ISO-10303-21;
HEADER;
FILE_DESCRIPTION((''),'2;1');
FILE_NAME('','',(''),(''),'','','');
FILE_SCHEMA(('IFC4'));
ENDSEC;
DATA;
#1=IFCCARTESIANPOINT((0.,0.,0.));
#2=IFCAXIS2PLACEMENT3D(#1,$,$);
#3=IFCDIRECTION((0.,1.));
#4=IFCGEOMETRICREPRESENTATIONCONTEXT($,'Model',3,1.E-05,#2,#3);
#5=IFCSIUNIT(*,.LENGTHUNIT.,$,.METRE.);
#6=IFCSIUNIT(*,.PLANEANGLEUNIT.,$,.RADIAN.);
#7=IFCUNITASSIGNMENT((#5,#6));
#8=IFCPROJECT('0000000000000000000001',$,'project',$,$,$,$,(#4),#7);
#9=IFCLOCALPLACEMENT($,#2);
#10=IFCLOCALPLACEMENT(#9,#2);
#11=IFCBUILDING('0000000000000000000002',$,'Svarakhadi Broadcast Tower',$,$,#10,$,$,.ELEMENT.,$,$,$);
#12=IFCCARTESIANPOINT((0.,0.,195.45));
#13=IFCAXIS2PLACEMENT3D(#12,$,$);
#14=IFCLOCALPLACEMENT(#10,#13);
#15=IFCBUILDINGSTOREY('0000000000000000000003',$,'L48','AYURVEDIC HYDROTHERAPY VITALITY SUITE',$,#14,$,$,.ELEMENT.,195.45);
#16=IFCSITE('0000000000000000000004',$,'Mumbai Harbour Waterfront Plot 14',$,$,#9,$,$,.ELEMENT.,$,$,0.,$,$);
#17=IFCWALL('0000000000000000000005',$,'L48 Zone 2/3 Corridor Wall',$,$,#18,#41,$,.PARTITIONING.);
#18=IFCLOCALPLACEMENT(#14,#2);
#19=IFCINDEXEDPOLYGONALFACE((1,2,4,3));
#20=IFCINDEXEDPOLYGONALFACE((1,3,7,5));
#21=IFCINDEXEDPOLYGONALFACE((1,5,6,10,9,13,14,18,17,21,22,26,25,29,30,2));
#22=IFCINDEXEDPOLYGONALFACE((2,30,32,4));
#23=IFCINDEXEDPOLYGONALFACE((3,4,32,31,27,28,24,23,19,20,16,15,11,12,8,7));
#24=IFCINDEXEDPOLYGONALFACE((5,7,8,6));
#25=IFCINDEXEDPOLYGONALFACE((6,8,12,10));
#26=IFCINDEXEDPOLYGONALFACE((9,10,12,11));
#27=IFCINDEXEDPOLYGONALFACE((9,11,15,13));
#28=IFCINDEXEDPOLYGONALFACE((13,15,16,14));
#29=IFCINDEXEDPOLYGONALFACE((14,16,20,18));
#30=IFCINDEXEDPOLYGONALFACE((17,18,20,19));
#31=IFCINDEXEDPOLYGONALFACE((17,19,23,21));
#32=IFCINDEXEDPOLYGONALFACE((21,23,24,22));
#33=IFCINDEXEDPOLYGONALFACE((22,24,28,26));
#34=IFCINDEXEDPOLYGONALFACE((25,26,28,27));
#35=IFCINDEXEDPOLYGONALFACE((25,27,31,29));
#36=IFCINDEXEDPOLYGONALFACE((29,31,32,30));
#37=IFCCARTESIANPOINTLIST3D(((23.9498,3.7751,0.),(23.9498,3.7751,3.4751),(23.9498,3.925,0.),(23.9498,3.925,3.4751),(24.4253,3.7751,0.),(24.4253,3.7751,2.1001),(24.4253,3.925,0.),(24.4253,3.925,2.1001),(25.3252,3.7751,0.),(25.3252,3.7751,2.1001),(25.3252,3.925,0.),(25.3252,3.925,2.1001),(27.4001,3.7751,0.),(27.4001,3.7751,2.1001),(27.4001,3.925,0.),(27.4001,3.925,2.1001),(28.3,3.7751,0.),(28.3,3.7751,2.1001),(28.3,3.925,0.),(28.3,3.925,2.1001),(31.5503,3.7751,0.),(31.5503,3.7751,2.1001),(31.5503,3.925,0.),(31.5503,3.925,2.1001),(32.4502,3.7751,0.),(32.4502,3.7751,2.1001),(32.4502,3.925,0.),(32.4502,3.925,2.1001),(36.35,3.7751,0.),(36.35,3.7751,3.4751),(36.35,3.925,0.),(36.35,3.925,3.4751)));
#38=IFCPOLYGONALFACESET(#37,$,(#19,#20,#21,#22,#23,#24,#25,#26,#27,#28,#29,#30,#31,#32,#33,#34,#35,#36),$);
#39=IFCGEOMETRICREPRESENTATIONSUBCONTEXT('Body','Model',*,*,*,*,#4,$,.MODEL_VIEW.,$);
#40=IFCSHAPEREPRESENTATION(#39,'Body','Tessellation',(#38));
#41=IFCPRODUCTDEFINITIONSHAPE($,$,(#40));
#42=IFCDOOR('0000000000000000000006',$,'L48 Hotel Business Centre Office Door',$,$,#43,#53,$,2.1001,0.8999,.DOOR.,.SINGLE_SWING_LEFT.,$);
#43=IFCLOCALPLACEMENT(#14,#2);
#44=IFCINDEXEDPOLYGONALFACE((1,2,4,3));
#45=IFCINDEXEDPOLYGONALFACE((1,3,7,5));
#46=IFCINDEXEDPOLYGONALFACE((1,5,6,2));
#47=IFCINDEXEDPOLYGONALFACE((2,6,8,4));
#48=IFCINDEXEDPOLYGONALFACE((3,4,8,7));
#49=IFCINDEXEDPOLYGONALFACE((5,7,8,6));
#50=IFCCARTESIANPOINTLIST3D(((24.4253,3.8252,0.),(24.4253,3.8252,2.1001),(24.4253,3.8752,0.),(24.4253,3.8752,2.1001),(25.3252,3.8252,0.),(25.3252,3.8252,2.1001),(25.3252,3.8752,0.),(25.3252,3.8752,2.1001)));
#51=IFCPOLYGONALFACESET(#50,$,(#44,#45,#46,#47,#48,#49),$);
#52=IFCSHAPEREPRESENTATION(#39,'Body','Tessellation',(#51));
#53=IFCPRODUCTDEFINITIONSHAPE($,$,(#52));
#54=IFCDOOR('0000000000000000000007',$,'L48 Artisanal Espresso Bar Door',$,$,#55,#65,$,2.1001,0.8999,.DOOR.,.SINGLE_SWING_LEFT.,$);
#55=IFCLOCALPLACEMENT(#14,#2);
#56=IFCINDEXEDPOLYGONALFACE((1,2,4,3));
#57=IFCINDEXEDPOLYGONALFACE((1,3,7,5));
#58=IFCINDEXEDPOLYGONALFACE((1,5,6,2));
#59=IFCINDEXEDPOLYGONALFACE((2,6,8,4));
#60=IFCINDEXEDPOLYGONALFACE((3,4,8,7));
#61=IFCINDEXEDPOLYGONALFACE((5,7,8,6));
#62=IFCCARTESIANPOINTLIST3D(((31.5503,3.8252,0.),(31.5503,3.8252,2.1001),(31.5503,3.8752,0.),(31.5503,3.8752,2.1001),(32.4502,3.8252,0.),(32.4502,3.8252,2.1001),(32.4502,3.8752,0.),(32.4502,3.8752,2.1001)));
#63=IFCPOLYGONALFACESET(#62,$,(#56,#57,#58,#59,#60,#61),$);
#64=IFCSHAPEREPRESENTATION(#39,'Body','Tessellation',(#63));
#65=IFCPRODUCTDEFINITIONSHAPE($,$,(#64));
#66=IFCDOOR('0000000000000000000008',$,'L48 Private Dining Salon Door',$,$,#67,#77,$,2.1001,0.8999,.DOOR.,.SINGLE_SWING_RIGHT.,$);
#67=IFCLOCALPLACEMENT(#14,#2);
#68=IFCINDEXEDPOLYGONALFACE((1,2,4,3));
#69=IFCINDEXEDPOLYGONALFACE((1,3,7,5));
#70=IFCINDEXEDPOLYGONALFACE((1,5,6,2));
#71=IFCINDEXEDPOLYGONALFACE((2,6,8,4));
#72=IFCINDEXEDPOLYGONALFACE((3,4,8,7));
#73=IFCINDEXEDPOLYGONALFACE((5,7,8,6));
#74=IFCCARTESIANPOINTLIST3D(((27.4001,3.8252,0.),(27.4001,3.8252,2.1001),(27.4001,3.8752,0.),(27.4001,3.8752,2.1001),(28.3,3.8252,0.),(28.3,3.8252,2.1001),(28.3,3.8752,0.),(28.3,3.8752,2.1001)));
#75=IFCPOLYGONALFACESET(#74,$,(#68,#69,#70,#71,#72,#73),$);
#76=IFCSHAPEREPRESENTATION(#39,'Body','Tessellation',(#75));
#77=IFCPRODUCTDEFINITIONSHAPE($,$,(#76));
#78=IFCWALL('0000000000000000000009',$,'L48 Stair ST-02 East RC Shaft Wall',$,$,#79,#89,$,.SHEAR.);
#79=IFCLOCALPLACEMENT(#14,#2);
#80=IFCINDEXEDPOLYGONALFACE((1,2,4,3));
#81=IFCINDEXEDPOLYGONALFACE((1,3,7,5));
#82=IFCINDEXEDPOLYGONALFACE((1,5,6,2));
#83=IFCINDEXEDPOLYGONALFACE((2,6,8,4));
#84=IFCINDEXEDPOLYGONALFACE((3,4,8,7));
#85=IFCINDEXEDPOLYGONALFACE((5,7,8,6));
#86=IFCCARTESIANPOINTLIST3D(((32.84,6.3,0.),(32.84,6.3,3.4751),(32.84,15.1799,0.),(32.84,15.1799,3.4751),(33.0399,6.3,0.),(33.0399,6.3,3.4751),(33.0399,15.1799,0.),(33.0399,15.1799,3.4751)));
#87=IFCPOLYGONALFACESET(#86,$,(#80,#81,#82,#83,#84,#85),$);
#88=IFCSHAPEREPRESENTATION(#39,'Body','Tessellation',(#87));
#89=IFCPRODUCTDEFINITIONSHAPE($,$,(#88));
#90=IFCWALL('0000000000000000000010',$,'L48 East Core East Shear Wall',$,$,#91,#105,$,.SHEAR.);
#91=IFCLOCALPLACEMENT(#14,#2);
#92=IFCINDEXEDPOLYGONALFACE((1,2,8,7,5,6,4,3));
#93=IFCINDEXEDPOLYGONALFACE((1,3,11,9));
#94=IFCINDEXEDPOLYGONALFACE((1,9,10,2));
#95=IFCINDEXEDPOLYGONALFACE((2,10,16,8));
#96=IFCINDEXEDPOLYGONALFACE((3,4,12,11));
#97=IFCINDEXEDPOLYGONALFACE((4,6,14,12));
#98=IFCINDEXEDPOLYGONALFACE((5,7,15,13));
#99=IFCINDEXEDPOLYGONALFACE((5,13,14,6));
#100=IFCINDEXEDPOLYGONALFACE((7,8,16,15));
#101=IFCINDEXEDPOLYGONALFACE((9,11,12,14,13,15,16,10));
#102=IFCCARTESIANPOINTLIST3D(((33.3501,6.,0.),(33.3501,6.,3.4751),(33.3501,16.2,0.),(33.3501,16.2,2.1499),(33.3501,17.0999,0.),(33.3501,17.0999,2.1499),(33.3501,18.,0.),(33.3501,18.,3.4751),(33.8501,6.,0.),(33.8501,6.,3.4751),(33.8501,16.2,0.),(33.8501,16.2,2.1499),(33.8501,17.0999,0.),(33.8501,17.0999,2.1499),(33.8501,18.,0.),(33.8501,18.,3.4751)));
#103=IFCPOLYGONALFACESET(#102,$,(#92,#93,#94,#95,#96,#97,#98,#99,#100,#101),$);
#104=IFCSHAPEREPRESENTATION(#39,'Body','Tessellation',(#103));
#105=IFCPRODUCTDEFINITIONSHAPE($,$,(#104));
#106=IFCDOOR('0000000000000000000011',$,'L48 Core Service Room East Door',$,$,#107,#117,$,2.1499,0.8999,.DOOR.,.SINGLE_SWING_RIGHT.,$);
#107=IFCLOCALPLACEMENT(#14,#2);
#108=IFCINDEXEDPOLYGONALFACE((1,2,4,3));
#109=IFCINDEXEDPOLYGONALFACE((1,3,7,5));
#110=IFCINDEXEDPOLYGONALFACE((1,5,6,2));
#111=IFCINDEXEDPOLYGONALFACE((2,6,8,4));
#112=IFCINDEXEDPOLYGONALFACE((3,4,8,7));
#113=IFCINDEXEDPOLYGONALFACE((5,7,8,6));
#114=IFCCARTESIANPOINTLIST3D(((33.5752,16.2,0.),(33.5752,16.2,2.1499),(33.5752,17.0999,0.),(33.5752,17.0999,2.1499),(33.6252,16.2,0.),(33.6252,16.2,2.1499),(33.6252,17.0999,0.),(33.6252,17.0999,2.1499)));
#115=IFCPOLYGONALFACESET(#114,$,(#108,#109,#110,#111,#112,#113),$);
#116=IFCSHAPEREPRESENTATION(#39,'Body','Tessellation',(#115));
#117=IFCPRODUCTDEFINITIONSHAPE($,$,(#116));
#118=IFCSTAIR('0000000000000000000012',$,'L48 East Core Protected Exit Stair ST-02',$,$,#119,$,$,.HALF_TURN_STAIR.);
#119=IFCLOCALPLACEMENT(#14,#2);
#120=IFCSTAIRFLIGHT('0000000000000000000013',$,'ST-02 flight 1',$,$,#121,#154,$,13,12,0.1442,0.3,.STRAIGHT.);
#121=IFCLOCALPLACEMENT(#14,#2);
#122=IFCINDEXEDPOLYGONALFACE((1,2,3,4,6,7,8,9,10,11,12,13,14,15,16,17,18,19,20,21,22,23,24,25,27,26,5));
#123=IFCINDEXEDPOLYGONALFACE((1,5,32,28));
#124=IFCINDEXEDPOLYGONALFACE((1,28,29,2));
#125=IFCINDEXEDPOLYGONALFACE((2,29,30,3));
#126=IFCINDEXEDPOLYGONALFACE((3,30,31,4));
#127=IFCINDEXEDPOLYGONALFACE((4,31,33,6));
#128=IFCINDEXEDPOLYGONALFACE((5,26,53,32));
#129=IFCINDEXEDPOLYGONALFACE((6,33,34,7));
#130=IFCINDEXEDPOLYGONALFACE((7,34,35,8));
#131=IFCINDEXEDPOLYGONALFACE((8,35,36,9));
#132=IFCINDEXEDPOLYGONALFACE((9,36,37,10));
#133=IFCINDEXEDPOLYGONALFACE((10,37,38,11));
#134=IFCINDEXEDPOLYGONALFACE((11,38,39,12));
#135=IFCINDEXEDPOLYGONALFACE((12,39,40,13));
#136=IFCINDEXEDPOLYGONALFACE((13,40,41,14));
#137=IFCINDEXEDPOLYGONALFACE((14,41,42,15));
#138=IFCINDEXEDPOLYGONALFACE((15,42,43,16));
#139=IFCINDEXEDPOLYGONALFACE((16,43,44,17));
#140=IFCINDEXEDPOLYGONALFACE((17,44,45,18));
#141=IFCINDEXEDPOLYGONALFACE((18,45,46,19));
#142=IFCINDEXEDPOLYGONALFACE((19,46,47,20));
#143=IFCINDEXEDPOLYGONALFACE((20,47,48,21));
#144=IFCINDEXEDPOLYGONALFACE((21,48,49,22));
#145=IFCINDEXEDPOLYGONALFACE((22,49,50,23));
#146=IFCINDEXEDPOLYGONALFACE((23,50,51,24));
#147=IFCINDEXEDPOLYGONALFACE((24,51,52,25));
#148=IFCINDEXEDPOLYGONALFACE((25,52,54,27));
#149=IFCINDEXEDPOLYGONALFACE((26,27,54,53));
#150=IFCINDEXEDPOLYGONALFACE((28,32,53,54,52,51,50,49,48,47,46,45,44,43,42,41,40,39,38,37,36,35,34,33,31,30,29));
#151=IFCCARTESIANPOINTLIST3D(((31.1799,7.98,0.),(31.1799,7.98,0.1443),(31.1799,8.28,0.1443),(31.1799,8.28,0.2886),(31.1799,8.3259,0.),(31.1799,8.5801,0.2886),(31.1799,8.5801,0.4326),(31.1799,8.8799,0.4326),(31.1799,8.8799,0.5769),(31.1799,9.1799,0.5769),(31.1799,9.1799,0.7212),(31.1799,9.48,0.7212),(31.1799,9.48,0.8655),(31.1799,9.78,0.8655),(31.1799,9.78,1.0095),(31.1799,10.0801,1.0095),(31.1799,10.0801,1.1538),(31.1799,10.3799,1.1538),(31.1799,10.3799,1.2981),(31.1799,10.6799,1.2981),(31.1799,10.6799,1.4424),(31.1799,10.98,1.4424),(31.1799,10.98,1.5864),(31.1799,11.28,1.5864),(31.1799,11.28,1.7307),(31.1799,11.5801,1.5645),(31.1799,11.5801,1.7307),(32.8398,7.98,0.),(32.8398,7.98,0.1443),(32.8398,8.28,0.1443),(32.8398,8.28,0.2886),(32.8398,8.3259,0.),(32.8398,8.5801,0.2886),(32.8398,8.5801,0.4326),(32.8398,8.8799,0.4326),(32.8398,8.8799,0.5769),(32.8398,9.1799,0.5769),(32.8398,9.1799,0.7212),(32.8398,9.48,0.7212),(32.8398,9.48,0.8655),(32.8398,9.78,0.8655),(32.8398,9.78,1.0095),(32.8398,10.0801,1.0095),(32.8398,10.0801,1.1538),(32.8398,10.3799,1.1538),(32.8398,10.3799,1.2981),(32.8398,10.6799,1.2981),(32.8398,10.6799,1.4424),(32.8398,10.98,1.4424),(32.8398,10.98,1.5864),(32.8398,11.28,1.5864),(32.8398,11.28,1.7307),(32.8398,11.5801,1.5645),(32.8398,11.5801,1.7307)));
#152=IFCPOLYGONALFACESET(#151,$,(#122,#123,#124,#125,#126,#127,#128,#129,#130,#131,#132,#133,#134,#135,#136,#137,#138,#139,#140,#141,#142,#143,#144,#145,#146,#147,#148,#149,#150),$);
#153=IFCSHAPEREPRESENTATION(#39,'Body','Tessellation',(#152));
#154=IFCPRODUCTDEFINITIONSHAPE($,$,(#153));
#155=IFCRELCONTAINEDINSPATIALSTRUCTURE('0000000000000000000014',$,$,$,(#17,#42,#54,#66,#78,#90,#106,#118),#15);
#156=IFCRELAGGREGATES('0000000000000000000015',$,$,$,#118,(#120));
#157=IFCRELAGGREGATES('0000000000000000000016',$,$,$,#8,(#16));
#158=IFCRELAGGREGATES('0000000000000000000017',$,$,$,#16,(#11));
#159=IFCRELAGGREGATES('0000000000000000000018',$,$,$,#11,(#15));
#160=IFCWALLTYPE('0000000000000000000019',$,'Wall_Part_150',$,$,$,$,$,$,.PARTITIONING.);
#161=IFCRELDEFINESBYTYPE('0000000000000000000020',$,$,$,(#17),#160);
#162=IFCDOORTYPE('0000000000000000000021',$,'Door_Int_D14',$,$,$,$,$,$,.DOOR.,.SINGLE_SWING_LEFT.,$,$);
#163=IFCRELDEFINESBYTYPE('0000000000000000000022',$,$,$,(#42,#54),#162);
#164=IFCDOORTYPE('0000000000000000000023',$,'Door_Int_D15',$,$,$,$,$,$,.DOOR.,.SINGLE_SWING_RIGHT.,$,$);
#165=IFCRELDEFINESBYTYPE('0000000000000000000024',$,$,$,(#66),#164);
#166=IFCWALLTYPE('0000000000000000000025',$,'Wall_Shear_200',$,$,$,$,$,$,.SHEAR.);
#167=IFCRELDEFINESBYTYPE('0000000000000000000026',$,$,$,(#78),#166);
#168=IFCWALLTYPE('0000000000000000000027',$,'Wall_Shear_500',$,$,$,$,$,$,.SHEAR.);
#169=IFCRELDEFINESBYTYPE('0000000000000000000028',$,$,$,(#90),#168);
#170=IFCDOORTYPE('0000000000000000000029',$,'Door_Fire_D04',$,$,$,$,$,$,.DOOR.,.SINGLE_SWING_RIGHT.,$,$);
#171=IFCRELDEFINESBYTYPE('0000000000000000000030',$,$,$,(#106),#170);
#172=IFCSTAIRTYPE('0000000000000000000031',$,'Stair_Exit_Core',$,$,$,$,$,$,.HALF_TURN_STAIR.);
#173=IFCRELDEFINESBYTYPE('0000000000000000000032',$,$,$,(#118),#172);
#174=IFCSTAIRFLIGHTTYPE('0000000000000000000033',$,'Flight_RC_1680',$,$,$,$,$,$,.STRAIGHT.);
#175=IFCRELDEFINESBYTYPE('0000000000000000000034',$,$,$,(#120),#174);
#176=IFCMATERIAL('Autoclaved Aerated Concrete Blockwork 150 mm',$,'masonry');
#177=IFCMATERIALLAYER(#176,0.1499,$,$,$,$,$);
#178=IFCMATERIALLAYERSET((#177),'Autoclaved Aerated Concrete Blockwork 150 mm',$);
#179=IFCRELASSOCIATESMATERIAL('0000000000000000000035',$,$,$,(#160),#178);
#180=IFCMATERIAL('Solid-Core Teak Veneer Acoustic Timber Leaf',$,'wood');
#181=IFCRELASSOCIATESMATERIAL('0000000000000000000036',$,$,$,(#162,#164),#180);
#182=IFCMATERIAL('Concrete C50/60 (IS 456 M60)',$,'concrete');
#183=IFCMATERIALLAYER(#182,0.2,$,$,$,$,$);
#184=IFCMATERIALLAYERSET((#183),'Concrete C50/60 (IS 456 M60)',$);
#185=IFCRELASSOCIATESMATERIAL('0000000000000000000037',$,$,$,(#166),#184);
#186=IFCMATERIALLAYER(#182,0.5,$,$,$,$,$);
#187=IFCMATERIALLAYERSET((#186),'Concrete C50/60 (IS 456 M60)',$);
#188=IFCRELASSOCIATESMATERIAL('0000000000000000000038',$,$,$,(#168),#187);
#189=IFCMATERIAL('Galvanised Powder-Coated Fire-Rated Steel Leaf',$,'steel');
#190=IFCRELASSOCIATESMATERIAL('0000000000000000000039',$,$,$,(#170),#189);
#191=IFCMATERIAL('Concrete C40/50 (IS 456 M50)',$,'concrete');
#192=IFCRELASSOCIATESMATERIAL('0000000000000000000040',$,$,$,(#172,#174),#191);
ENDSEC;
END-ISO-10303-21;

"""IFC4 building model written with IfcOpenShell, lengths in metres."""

from ifc_helpers import new_model, si_unit, direction, frame, frame_2d, origin, place, context, subcontext, project, spatial, polyline, rectangle, outline, extrude, material, layer, layer_set, type_object, element, fill, aggregate, save


model = new_model("IFC4")

# Units and contexts
model_context = context("Model", 3, precision=1e-05, world=origin(), true_north=direction((0.0, 1.0)))
body_context = subcontext(model_context, "Body", "Model", "MODEL_VIEW")
ifc_project = project(units=[si_unit("LENGTHUNIT", "METRE"), si_unit("PLANEANGLEUNIT", "RADIAN")], contexts=[model_context])

# Site, building, storey
site_placement = place(None, origin())
site = spatial("IfcSite", under=ifc_project, at=site_placement, Name="Mumbai Harbour Waterfront Plot 14", CompositionType="ELEMENT", RefElevation=0.0)
building_placement = place(site_placement, origin())
building = spatial("IfcBuilding", under=site, at=building_placement, Name="Svarakhadi Broadcast Tower", CompositionType="ELEMENT")
storey_placement = place(building_placement, frame((0.0, 0.0, 195.45)))
storey = spatial("IfcBuildingStorey", under=building, at=storey_placement, Name="L48", Description="AYURVEDIC HYDROTHERAPY VITALITY SUITE", CompositionType="ELEMENT", Elevation=195.45)

# Shared definitions
ifc_material_1 = material(Name="Concrete C50/60 (IS 456 M60)", Category="concrete")

# Shared definitions
ifc_material_2 = material(Name="Concrete C40/50 (IS 456 M50)", Category="concrete")

# Wall, openings, doors
ifc_material_3 = material(Name="Autoclaved Aerated Concrete Blockwork 150 mm", Category="masonry")
ifc_layer_1 = layer(ifc_material_3, 0.1499)
ifc_layer_set_1 = layer_set([ifc_layer_1], Name="Autoclaved Aerated Concrete Blockwork 150 mm")
wall_type_1 = type_object("IfcWallType", Name="Wall_Part_150", PredefinedType="PARTITIONING", material=ifc_layer_set_1)
wall_1_placement = place(storey_placement, frame((36.3501, 3.8501, 0.0), z_axis=(0.0, 0.0, 1.0), x_axis=(-1.0, 0.0, 0.0)))
wall_1 = element("IfcWall", 1, at=wall_1_placement, inside=storey, type_object=wall_type_1, Name="L48 Zone 2/3 Corridor Wall", PredefinedType="PARTITIONING", context=body_context, shape_type="SweptSolid", body=[
    extrude(rectangle(XDim=12.4001, YDim=0.1499, at=frame_2d((6.2002, 0.0))), origin(), (0.0, 0.0, 1.0), 3.4751),
])
opening_1_placement = place(wall_1_placement, frame((11.0249, 0.0, 0.0)))
opening_1 = element("IfcOpeningElement", 2, at=opening_1_placement, cuts=wall_1, PredefinedType="OPENING", context=body_context, shape_type="SweptSolid", body=[
    extrude(rectangle(XDim=0.8999, YDim=2.1001, at=frame_2d((0.45, 1.05))), frame((0.0, 0.085, 0.0), z_axis=(0.0, -1.0, 0.0), x_axis=(1.0, 0.0, 0.0)), (0.0, 0.0, 1.0), 0.1699),
])
opening_2_placement = place(wall_1_placement, frame((8.05, 0.0, 0.0)))
opening_2 = element("IfcOpeningElement", 3, at=opening_2_placement, cuts=wall_1, PredefinedType="OPENING", context=body_context, shape_type="SweptSolid", body=[
    extrude(rectangle(XDim=0.8999, YDim=2.1001, at=frame_2d((0.45, 1.05))), frame((0.0, 0.085, 0.0), z_axis=(0.0, -1.0, 0.0), x_axis=(1.0, 0.0, 0.0)), (0.0, 0.0, 1.0), 0.1699),
])
opening_3_placement = place(wall_1_placement, frame((3.8999, 0.0, 0.0)))
opening_3 = element("IfcOpeningElement", 4, at=opening_3_placement, cuts=wall_1, PredefinedType="OPENING", context=body_context, shape_type="SweptSolid", body=[
    extrude(rectangle(XDim=0.8999, YDim=2.1001, at=frame_2d((0.45, 1.05))), frame((0.0, 0.085, 0.0), z_axis=(0.0, -1.0, 0.0), x_axis=(1.0, 0.0, 0.0)), (0.0, 0.0, 1.0), 0.1699),
])
ifc_material_4 = material(Name="Solid-Core Teak Veneer Acoustic Timber Leaf", Category="wood")
door_type_1 = type_object("IfcDoorType", Name="Door_Int_D14", OperationType="SINGLE_SWING_LEFT", PredefinedType="DOOR", material=ifc_material_4)
door_1_placement = place(opening_1_placement, origin())
door_1 = element("IfcDoor", 5, at=door_1_placement, inside=storey, type_object=door_type_1, Name="L48 Hotel Business Centre Office Door", OperationType="SINGLE_SWING_LEFT", OverallHeight=2.1001, OverallWidth=0.8999, PredefinedType="DOOR", context=body_context, shape_type="SweptSolid", body=[
    extrude(rectangle(XDim=0.8999, YDim=2.1001, at=frame_2d((0.45, 1.05))), frame((0.0, 0.0249, 0.0), z_axis=(0.0, -1.0, 0.0), x_axis=(1.0, 0.0, 0.0)), (0.0, 0.0, 1.0), 0.05),
])
fill(opening_1, door_1)
door_2_placement = place(opening_3_placement, origin())
door_2 = element("IfcDoor", 6, at=door_2_placement, inside=storey, type_object=door_type_1, Name="L48 Artisanal Espresso Bar Door", OperationType="SINGLE_SWING_LEFT", OverallHeight=2.1001, OverallWidth=0.8999, PredefinedType="DOOR", context=body_context, shape_type="SweptSolid", body=[
    extrude(rectangle(XDim=0.8999, YDim=2.1001, at=frame_2d((0.45, 1.05))), frame((0.0, 0.0249, 0.0), z_axis=(0.0, -1.0, 0.0), x_axis=(1.0, 0.0, 0.0)), (0.0, 0.0, 1.0), 0.05),
])
fill(opening_3, door_2)
door_type_2 = type_object("IfcDoorType", Name="Door_Int_D15", OperationType="SINGLE_SWING_RIGHT", PredefinedType="DOOR", material=ifc_material_4)
door_3_placement = place(opening_2_placement, origin())
door_3 = element("IfcDoor", 7, at=door_3_placement, inside=storey, type_object=door_type_2, Name="L48 Private Dining Salon Door", OperationType="SINGLE_SWING_RIGHT", OverallHeight=2.1001, OverallWidth=0.8999, PredefinedType="DOOR", context=body_context, shape_type="SweptSolid", body=[
    extrude(rectangle(XDim=0.8999, YDim=2.1001, at=frame_2d((0.45, 1.05))), frame((0.0, 0.0249, 0.0), z_axis=(0.0, -1.0, 0.0), x_axis=(1.0, 0.0, 0.0)), (0.0, 0.0, 1.0), 0.05),
])
fill(opening_2, door_3)

# Wall
ifc_layer_2 = layer(ifc_material_1, 0.2)
ifc_layer_set_2 = layer_set([ifc_layer_2], Name="Concrete C50/60 (IS 456 M60)")
wall_type_2 = type_object("IfcWallType", Name="Wall_Shear_200", PredefinedType="SHEAR", material=ifc_layer_set_2)
wall_2_placement = place(storey_placement, frame((32.9399, 6.3, 0.0), z_axis=(0.0, 0.0, 1.0), x_axis=(0.0, 1.0, 0.0)))
element("IfcWall", 8, at=wall_2_placement, inside=storey, type_object=wall_type_2, Name="L48 Stair ST-02 East RC Shaft Wall", PredefinedType="SHEAR", context=body_context, shape_type="SweptSolid", body=[
    extrude(rectangle(XDim=8.8799, YDim=0.2, at=frame_2d((4.4399, 0.0))), origin(), (0.0, 0.0, 1.0), 3.4751),
])

# Wall, opening, door
ifc_layer_3 = layer(ifc_material_1, 0.5)
ifc_layer_set_3 = layer_set([ifc_layer_3], Name="Concrete C50/60 (IS 456 M60)")
wall_type_3 = type_object("IfcWallType", Name="Wall_Shear_500", PredefinedType="SHEAR", material=ifc_layer_set_3)
wall_3_placement = place(storey_placement, frame((33.6001, 6.0, 0.0), z_axis=(0.0, 0.0, 1.0), x_axis=(0.0, 1.0, 0.0)))
wall_3 = element("IfcWall", 9, at=wall_3_placement, inside=storey, type_object=wall_type_3, Name="L48 East Core East Shear Wall", PredefinedType="SHEAR", context=body_context, shape_type="SweptSolid", body=[
    extrude(rectangle(XDim=12.0, YDim=0.5, at=frame_2d((6.0, 0.0))), origin(), (0.0, 0.0, 1.0), 3.4751),
])
opening_4_placement = place(wall_3_placement, frame((10.2, 0.0, 0.0)))
opening_4 = element("IfcOpeningElement", 10, at=opening_4_placement, cuts=wall_3, PredefinedType="OPENING", context=body_context, shape_type="SweptSolid", body=[
    extrude(rectangle(XDim=0.8999, YDim=2.1499, at=frame_2d((0.45, 1.075))), frame((0.0, 0.26, 0.0), z_axis=(0.0, -1.0, 0.0), x_axis=(1.0, 0.0, 0.0)), (0.0, 0.0, 1.0), 0.52),
])
ifc_material_5 = material(Name="Galvanised Powder-Coated Fire-Rated Steel Leaf", Category="steel")
door_type_3 = type_object("IfcDoorType", Name="Door_Fire_D04", OperationType="SINGLE_SWING_RIGHT", PredefinedType="DOOR", material=ifc_material_5)
door_4_placement = place(opening_4_placement, origin())
door_4 = element("IfcDoor", 11, at=door_4_placement, inside=storey, type_object=door_type_3, Name="L48 Core Service Room East Door", OperationType="SINGLE_SWING_RIGHT", OverallHeight=2.1499, OverallWidth=0.8999, PredefinedType="DOOR", context=body_context, shape_type="SweptSolid", body=[
    extrude(rectangle(XDim=0.8999, YDim=2.1499, at=frame_2d((0.45, 1.075))), frame((0.0, 0.0249, 0.0), z_axis=(0.0, -1.0, 0.0), x_axis=(1.0, 0.0, 0.0)), (0.0, 0.0, 1.0), 0.05),
])
fill(opening_4, door_4)

# Stair, stair flight
stair_type = type_object("IfcStairType", Name="Stair_Exit_Core", PredefinedType="HALF_TURN_STAIR", material=ifc_material_2)
stair_placement = place(storey_placement, origin())
stair = element("IfcStair", 12, at=stair_placement, inside=storey, type_object=stair_type, Name="L48 East Core Protected Exit Stair ST-02", PredefinedType="HALF_TURN_STAIR")
stair_flight_type = type_object("IfcStairFlightType", Name="Flight_RC_1680", PredefinedType="STRAIGHT", material=ifc_material_2)
stair_flight_1_placement = place(storey_placement, frame((32.01, 7.98, 0.0), z_axis=(0.0, 0.0, 1.0), x_axis=(0.0, 1.0, 0.0)))
stair_flight_1 = element("IfcStairFlight", 13, at=stair_flight_1_placement, type_object=stair_flight_type, Name="ST-02 flight 1", NumberOfRisers=13, NumberOfTreads=12, PredefinedType="STRAIGHT", RiserHeight=0.1442, TreadLength=0.3, context=body_context, shape_type="SweptSolid", body=[
    extrude(outline(polyline([(0.0, 0.0), (0.0, 0.1443), (0.3, 0.1443), (0.3, 0.2886), (0.6001, 0.2886), (0.6001, 0.4326), (0.8999, 0.4326), (0.8999, 0.5769), (1.2, 0.5769), (1.2, 0.7212), (1.5, 0.7212), (1.5, 0.8655), (1.8, 0.8655), (1.8, 1.0095), (2.1001, 1.0095), (2.1001, 1.1538), (2.3999, 1.1538), (2.3999, 1.2981), (2.7, 1.2981), (2.7, 1.4424), (3.0, 1.4424), (3.0, 1.5864), (3.3, 1.5864), (3.3, 1.7307), (3.6001, 1.7307), (3.6001, 1.875), (3.6001, 1.5645), (0.3459, 0.0), (0.0, 0.0)])), frame((0.0, 0.8301, 0.0), z_axis=(0.0, -1.0, 0.0), x_axis=(1.0, 0.0, 0.0)), (0.0, 0.0, 1.0), 1.6599),
])
aggregate(stair, [stair_flight_1])

save(model, "model.ifc")
